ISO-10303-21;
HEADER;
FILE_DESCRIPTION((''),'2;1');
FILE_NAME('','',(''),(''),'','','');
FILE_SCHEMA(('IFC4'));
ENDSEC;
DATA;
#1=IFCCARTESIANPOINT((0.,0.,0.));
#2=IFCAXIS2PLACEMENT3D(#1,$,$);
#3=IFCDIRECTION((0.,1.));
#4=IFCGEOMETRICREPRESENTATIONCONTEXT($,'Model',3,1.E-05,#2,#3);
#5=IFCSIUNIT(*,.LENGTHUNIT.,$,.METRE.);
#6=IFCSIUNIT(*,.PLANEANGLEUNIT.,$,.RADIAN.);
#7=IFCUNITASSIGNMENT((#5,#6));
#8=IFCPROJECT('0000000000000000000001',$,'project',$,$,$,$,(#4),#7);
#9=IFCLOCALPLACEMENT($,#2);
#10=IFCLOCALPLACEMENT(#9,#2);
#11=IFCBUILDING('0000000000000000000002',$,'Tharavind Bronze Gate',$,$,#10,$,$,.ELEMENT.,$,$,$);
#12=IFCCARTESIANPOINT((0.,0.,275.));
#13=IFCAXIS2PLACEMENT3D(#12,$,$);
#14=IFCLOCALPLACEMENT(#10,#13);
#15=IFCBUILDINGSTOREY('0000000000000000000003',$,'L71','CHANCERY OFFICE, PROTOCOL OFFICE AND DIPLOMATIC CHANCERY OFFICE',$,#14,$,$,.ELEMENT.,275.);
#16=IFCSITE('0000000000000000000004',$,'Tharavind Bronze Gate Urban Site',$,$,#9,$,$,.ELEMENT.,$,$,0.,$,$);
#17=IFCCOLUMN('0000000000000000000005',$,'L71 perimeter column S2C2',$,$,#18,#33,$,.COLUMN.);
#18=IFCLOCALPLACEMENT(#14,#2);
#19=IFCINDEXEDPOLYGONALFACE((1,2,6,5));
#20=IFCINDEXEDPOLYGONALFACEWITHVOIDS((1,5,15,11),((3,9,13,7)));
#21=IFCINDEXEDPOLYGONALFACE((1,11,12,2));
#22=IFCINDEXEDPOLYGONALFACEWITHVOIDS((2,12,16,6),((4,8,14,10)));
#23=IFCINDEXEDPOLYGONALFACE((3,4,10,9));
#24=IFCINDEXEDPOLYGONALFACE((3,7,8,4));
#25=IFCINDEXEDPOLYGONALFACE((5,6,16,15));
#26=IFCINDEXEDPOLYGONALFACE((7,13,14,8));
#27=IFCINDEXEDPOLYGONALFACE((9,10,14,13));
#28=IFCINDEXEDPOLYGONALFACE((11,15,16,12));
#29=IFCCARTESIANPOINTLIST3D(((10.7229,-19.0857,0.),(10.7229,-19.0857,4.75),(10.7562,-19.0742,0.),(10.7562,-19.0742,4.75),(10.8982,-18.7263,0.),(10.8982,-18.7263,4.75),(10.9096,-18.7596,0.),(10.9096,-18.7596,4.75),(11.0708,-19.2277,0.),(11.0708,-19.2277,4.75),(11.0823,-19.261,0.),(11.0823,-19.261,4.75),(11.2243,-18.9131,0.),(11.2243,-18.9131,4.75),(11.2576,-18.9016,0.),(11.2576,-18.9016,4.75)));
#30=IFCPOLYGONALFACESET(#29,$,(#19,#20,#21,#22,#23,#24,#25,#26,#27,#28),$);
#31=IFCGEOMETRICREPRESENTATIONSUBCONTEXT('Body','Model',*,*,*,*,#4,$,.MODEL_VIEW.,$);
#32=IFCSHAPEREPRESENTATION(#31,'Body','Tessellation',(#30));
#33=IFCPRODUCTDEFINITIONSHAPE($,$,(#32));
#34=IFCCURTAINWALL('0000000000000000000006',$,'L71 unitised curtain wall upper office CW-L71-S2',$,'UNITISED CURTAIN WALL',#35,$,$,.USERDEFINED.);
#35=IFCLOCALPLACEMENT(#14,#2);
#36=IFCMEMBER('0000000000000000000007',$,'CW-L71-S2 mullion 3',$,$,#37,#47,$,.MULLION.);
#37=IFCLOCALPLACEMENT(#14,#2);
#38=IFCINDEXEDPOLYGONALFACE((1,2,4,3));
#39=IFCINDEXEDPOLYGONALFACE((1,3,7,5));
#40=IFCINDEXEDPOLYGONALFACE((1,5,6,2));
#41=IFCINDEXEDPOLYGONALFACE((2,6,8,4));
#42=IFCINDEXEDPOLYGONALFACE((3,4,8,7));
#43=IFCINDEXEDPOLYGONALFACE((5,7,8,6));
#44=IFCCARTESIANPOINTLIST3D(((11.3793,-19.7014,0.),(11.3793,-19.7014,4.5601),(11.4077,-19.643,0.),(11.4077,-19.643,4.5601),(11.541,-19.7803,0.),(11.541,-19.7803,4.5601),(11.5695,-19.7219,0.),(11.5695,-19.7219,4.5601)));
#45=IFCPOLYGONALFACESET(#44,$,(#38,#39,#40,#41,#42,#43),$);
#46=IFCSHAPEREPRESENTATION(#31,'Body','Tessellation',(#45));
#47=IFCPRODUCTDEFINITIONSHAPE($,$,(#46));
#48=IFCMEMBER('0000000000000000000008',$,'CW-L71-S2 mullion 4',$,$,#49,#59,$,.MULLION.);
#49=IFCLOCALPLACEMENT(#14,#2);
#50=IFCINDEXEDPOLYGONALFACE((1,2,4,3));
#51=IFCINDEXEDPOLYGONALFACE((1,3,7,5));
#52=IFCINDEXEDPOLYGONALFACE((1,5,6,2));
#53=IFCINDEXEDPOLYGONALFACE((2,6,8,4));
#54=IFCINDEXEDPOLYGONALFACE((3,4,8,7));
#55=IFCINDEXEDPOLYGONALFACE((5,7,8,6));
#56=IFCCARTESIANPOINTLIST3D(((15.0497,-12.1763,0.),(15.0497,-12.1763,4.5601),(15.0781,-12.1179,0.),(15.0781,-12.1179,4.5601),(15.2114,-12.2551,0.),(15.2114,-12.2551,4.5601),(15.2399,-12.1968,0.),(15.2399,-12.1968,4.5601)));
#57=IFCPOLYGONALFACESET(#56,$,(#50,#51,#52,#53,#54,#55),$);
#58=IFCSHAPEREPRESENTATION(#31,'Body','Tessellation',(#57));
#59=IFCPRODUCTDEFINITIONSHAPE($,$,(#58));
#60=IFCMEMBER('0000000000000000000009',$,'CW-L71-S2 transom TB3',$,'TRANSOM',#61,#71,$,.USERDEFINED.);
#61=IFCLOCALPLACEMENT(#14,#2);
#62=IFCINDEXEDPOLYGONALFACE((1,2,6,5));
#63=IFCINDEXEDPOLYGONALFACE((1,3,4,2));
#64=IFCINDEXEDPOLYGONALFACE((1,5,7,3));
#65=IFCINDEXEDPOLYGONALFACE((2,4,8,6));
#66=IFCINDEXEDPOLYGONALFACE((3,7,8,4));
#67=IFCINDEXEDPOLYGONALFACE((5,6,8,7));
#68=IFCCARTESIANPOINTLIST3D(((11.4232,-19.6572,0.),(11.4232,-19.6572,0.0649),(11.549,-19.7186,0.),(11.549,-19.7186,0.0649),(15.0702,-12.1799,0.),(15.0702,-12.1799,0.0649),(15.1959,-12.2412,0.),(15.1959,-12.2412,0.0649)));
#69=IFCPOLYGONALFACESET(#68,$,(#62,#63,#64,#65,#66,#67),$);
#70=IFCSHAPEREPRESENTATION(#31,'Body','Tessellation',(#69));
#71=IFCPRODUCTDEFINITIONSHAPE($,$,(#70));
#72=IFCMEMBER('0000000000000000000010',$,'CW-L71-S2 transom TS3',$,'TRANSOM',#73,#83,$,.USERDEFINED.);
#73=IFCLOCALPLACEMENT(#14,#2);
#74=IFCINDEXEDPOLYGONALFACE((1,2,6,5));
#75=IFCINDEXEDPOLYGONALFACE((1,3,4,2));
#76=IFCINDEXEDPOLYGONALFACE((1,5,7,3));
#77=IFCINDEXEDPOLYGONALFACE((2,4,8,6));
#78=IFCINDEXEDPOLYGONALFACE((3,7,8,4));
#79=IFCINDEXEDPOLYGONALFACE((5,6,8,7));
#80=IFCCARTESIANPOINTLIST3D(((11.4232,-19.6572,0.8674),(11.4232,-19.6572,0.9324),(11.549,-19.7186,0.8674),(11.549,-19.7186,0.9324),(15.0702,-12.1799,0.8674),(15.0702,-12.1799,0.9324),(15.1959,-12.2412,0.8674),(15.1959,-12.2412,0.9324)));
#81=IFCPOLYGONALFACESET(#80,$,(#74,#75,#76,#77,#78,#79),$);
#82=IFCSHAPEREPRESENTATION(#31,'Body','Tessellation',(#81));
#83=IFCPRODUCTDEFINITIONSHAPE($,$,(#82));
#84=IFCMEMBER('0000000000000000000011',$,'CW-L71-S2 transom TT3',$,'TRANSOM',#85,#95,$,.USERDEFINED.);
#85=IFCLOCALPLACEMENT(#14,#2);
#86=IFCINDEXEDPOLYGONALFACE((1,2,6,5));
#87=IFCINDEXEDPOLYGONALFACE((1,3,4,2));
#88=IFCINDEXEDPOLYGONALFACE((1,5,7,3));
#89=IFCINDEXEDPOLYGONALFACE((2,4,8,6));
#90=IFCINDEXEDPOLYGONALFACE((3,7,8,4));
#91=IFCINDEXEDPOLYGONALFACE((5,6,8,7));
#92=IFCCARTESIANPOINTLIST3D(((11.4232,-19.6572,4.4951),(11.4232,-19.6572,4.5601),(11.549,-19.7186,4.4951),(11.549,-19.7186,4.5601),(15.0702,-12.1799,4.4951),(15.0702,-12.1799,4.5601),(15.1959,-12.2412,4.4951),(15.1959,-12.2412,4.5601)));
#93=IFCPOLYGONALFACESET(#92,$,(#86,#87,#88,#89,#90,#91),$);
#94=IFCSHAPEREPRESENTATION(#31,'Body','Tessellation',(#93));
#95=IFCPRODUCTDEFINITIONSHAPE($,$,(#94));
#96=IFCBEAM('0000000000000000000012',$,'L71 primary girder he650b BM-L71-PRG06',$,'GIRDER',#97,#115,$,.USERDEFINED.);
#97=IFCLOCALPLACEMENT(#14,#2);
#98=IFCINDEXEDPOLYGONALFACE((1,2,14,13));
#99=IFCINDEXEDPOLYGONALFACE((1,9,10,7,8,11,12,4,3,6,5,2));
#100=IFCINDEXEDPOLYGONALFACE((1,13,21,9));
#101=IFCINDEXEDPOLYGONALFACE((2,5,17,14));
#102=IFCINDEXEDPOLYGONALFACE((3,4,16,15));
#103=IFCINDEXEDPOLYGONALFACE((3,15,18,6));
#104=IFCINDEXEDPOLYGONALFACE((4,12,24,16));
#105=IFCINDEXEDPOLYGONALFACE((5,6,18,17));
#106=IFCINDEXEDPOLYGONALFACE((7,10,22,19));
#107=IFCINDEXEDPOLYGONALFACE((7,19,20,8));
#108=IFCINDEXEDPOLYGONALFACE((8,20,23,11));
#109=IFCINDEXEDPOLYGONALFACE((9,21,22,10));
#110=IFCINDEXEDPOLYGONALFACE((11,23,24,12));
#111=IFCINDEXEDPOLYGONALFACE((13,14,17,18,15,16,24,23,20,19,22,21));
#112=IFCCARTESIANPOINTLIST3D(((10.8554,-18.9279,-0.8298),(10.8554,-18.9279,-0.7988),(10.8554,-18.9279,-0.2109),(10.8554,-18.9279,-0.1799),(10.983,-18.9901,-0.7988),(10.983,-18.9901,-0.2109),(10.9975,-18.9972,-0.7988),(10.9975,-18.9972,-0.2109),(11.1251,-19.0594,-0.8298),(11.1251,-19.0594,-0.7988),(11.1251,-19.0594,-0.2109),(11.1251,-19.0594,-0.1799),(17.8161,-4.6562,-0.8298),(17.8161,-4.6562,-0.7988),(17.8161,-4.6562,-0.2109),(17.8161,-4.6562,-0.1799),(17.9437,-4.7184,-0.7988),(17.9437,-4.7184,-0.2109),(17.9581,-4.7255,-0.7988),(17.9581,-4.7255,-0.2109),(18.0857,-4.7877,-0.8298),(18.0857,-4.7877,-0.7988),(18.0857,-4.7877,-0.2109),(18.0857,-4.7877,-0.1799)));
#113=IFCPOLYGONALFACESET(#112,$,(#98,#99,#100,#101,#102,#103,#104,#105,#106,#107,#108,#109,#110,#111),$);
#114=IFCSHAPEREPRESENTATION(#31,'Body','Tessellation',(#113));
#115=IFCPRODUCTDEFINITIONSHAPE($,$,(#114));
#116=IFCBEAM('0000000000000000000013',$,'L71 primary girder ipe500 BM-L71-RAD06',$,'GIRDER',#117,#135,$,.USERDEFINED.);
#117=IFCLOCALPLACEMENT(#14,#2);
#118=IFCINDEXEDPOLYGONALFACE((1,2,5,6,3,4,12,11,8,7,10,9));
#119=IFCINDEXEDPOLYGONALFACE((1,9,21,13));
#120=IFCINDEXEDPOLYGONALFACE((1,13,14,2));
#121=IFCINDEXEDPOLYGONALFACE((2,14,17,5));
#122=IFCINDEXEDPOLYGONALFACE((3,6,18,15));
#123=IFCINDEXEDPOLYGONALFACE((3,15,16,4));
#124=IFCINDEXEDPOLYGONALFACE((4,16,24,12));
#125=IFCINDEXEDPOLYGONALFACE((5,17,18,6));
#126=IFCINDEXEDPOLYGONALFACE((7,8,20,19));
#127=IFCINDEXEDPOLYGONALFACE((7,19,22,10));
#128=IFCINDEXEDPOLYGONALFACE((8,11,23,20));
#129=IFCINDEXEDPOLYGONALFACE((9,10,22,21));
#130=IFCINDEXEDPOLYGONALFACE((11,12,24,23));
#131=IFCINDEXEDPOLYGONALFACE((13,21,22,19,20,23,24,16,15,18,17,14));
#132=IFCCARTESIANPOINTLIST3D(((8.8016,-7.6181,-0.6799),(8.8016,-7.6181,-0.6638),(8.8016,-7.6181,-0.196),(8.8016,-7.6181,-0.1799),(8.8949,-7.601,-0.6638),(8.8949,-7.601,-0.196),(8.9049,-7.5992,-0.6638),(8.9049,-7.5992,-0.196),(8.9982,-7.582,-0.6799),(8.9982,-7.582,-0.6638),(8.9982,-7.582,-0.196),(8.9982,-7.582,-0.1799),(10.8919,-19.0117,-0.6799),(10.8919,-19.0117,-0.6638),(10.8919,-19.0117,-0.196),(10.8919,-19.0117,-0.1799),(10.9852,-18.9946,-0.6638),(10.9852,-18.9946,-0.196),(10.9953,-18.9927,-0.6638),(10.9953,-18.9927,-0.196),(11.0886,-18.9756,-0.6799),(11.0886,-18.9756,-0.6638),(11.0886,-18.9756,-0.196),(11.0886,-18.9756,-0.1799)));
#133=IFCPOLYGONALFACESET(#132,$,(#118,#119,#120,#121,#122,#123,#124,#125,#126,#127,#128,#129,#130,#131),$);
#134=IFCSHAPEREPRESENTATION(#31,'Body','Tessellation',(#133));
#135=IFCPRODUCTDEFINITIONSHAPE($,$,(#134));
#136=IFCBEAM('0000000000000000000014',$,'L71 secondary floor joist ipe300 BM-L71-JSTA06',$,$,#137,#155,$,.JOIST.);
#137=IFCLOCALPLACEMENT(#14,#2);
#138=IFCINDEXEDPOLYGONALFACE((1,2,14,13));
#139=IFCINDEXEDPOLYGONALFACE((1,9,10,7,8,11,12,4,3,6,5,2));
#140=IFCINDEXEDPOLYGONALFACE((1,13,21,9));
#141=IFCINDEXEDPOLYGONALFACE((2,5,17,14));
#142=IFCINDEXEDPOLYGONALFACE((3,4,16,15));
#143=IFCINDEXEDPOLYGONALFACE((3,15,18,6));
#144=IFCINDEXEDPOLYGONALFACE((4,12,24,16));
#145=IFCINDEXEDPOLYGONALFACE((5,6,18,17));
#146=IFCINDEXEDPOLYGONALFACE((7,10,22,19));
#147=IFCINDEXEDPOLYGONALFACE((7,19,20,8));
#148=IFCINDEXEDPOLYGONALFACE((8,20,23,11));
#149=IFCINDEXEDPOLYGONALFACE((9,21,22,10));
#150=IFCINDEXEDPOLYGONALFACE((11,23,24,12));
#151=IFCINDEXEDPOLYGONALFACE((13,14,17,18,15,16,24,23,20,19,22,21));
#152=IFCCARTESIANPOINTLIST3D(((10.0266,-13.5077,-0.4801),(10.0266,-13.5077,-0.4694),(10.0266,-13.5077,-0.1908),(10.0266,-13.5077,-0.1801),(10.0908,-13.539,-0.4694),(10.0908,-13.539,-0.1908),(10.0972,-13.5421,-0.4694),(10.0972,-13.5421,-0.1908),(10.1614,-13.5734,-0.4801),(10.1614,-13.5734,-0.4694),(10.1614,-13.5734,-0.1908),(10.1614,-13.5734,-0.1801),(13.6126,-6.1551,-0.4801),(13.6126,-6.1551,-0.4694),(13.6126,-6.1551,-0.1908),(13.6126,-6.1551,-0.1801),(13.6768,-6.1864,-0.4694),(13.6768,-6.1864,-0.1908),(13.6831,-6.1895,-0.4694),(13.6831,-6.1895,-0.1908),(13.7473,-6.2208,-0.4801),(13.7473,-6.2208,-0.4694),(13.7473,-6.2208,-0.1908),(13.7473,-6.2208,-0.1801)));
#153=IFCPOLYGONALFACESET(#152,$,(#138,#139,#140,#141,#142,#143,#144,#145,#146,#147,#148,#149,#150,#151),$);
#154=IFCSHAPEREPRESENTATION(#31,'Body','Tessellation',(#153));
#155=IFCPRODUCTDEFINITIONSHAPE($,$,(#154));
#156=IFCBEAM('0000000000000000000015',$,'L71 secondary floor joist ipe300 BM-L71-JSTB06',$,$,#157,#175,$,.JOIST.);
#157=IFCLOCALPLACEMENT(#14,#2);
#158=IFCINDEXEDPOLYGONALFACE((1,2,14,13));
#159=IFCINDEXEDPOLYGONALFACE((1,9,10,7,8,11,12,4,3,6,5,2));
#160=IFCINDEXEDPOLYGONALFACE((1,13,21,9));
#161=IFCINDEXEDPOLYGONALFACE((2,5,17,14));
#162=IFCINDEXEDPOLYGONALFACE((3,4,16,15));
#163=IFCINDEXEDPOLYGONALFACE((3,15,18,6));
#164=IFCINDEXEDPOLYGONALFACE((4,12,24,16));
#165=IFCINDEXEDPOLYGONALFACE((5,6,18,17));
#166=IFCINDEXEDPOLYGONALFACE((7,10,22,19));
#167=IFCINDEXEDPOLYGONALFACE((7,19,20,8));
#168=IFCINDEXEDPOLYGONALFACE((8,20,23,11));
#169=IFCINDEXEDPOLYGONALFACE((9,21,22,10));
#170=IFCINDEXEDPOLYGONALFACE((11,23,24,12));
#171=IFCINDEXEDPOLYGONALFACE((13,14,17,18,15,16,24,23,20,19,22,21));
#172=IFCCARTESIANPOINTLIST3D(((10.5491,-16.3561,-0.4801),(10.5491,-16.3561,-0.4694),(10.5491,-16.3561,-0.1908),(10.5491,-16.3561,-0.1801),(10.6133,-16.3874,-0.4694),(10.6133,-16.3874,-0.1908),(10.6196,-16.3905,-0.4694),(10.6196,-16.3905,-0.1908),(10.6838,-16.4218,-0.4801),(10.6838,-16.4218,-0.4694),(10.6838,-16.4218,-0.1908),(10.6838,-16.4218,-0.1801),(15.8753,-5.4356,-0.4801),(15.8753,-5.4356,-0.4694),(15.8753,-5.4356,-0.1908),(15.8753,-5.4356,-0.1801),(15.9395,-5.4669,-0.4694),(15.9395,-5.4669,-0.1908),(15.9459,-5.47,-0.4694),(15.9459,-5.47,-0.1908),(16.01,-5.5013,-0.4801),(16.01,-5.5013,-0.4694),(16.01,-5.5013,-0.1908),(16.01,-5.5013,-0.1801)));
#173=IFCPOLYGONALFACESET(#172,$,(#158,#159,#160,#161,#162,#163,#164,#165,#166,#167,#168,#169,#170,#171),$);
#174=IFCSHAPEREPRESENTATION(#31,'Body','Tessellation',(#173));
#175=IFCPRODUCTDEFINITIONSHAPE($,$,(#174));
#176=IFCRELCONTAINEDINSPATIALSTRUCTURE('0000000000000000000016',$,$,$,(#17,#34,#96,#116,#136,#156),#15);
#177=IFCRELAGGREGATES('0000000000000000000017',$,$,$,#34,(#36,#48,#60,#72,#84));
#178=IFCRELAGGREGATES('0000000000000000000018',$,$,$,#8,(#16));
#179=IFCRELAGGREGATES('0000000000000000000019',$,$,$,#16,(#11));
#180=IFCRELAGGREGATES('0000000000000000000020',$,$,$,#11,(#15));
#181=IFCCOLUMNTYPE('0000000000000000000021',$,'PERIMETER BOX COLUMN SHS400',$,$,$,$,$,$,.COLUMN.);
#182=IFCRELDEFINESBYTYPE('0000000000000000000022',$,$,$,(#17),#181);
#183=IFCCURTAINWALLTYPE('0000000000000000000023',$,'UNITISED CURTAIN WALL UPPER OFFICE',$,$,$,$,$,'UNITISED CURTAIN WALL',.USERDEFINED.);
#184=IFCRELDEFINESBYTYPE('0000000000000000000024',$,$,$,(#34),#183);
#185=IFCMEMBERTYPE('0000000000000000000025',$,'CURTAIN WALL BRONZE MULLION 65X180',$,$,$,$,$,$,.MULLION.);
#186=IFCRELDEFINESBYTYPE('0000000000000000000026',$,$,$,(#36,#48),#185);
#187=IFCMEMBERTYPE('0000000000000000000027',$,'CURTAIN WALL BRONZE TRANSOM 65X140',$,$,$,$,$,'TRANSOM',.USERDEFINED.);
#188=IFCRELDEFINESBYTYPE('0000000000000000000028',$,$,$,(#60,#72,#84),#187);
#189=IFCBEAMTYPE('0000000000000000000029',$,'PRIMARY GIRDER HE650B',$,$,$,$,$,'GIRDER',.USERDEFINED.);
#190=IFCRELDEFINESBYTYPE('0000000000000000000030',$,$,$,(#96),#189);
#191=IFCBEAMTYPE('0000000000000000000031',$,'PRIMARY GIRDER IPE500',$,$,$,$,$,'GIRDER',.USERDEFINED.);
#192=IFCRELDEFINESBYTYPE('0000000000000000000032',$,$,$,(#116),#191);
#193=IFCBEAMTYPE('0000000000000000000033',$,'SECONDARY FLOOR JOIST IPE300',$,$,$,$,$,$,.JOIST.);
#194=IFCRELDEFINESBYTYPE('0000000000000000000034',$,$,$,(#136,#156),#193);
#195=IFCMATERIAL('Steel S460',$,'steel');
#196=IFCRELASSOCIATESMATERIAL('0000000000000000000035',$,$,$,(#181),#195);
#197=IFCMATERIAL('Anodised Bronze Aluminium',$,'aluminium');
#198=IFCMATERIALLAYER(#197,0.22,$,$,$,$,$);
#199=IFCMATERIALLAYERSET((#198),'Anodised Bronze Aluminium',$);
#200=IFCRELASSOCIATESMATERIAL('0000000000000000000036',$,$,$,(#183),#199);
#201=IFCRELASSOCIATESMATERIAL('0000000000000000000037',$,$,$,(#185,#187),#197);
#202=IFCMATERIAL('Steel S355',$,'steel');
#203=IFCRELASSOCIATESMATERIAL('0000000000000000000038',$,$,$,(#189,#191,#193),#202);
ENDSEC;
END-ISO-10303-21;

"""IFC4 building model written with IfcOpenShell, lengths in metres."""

from ifc_helpers import new_model, si_unit, direction, frame, origin, origin_2d, place, context, subcontext, project, spatial, rectangle, hollow_rectangle, i_section, extrude, material, layer, layer_set, material_profile, profile_set, type_object, element, aggregate, save


model = new_model("IFC4")

# Units and contexts
model_context = context("Model", 3, precision=1e-05, world=origin(), true_north=direction((0.0, 1.0)))
body_context = subcontext(model_context, "Body", "Model", "MODEL_VIEW")
ifc_project = project(units=[si_unit("LENGTHUNIT", "METRE"), si_unit("PLANEANGLEUNIT", "RADIAN")], contexts=[model_context])

# Site, building, storey
site_placement = place(None, origin())
site = spatial("IfcSite", under=ifc_project, at=site_placement, Name="Tharavind Bronze Gate Urban Site", CompositionType="ELEMENT", RefElevation=0.0)
building_placement = place(site_placement, origin())
building = spatial("IfcBuilding", under=site, at=building_placement, Name="Tharavind Bronze Gate", CompositionType="ELEMENT")
storey_placement = place(building_placement, frame((0.0, 0.0, 275.0)))
storey = spatial("IfcBuildingStorey", under=building, at=storey_placement, Name="L71", Description="CHANCERY OFFICE, PROTOCOL OFFICE AND DIPLOMATIC CHANCERY OFFICE", CompositionType="ELEMENT", Elevation=275.0)

# Column
ifc_material_1 = material(Name="Steel S460", Category="steel")
ifc_material_profile_1 = material_profile(ifc_material_1, hollow_rectangle(XDim=0.3999, YDim=0.3999, WallThickness=0.0249, at=origin_2d()), Name="SHS400X25")
ifc_profile_set_1 = profile_set([ifc_material_profile_1], Name="Steel S460")
column_type = type_object("IfcColumnType", Name="PERIMETER BOX COLUMN SHS400", PredefinedType="COLUMN", material=ifc_profile_set_1)
column_placement = place(storey_placement, frame((10.9902, -18.9937, 0.0), z_axis=(0.0, 0.0, 1.0), x_axis=(0.438373, 0.898793, 0.0)))
element("IfcColumn", 1, at=column_placement, inside=storey, type_object=column_type, Name="L71 perimeter column S2C2", PredefinedType="COLUMN", context=body_context, shape_type="SweptSolid", body=[
    extrude(hollow_rectangle(XDim=0.3999, YDim=0.3999, WallThickness=0.0249, at=origin_2d()), origin(), (0.0, 0.0, 1.0), 4.75),
])

# Curtain wall, members
ifc_material_2 = material(Name="Anodised Bronze Aluminium", Category="aluminium")
ifc_layer_1 = layer(ifc_material_2, 0.22)
ifc_layer_set_1 = layer_set([ifc_layer_1], Name="Anodised Bronze Aluminium")
curtain_wall_type = type_object("IfcCurtainWallType", Name="UNITISED CURTAIN WALL UPPER OFFICE", ElementType="UNITISED CURTAIN WALL", PredefinedType="USERDEFINED", material=ifc_layer_set_1)
curtain_wall_placement = place(storey_placement, origin())
curtain_wall = element("IfcCurtainWall", 2, at=curtain_wall_placement, inside=storey, type_object=curtain_wall_type, Name="L71 unitised curtain wall upper office CW-L71-S2", ObjectType="UNITISED CURTAIN WALL", PredefinedType="USERDEFINED")
member_type_1 = type_object("IfcMemberType", Name="CURTAIN WALL BRONZE MULLION 65X180", PredefinedType="MULLION", material=ifc_material_2)
member_1_placement = place(storey_placement, frame((11.4744, -19.7117, 0.0), z_axis=(0.0, 0.0, 1.0), x_axis=(0.438373, 0.898793, 0.0)))
member_1 = element("IfcMember", 3, at=member_1_placement, type_object=member_type_1, Name="CW-L71-S2 mullion 3", PredefinedType="MULLION", context=body_context, shape_type="SweptSolid", body=[
    extrude(rectangle(XDim=0.0649, YDim=0.1799, at=origin_2d()), origin(), (0.0, 0.0, 1.0), 4.5601),
])
member_2_placement = place(storey_placement, frame((15.1448, -12.1865, 0.0), z_axis=(0.0, 0.0, 1.0), x_axis=(0.438373, 0.898793, 0.0)))
member_2 = element("IfcMember", 4, at=member_2_placement, type_object=member_type_1, Name="CW-L71-S2 mullion 4", PredefinedType="MULLION", context=body_context, shape_type="SweptSolid", body=[
    extrude(rectangle(XDim=0.0649, YDim=0.1799, at=origin_2d()), origin(), (0.0, 0.0, 1.0), 4.5601),
])
member_type_2 = type_object("IfcMemberType", Name="CURTAIN WALL BRONZE TRANSOM 65X140", ElementType="TRANSOM", PredefinedType="USERDEFINED", material=ifc_material_2)
member_3_placement = place(storey_placement, frame((13.3096, -15.9492, 0.0), z_axis=(0.0, 0.0, 1.0), x_axis=(0.438373, 0.898793, 0.0)))
member_3 = element("IfcMember", 5, at=member_3_placement, type_object=member_type_2, Name="CW-L71-S2 transom TB3", ObjectType="TRANSOM", PredefinedType="USERDEFINED", context=body_context, shape_type="SweptSolid", body=[
    extrude(rectangle(XDim=8.3193, YDim=0.1399, at=origin_2d()), origin(), (0.0, 0.0, 1.0), 0.0649),
])
member_4_placement = place(storey_placement, frame((13.3096, -15.9492, 0.8674), z_axis=(0.0, 0.0, 1.0), x_axis=(0.438373, 0.898793, 0.0)))
member_4 = element("IfcMember", 6, at=member_4_placement, type_object=member_type_2, Name="CW-L71-S2 transom TS3", ObjectType="TRANSOM", PredefinedType="USERDEFINED", context=body_context, shape_type="SweptSolid", body=[
    extrude(rectangle(XDim=8.3193, YDim=0.1399, at=origin_2d()), origin(), (0.0, 0.0, 1.0), 0.0649),
])
member_5_placement = place(storey_placement, frame((13.3096, -15.9492, 4.4951), z_axis=(0.0, 0.0, 1.0), x_axis=(0.438373, 0.898793, 0.0)))
member_5 = element("IfcMember", 7, at=member_5_placement, type_object=member_type_2, Name="CW-L71-S2 transom TT3", ObjectType="TRANSOM", PredefinedType="USERDEFINED", context=body_context, shape_type="SweptSolid", body=[
    extrude(rectangle(XDim=8.3193, YDim=0.1399, at=origin_2d()), origin(), (0.0, 0.0, 1.0), 0.0649),
])

# Beams
ifc_material_3 = material(Name="Steel S355", Category="steel")
ifc_material_profile_2 = material_profile(ifc_material_3, i_section(OverallWidth=0.3, OverallDepth=0.6499, WebThickness=0.0161, FlangeThickness=0.031, at=origin_2d()), Name="HE650B")
ifc_profile_set_2 = profile_set([ifc_material_profile_2], Name="Steel S355")
beam_type_1 = type_object("IfcBeamType", Name="PRIMARY GIRDER HE650B", ElementType="GIRDER", PredefinedType="USERDEFINED", material=ifc_profile_set_2)
beam_1_placement = place(storey_placement, frame((10.9902, -18.9937, -0.5049), z_axis=(0.438366, 0.898796, 0.0), x_axis=(-0.898796, 0.438366, 0.0)))
element("IfcBeam", 8, at=beam_1_placement, inside=storey, type_object=beam_type_1, Name="L71 primary girder he650b BM-L71-PRG06", ObjectType="GIRDER", PredefinedType="USERDEFINED", context=body_context, shape_type="SweptSolid", body=[
    extrude(i_section(OverallWidth=0.3, OverallDepth=0.6499, WebThickness=0.0161, FlangeThickness=0.031, at=origin_2d()), origin(), (0.0, 0.0, 1.0), 15.8787),
])
ifc_material_profile_3 = material_profile(ifc_material_3, i_section(OverallWidth=0.2, OverallDepth=0.5, WebThickness=0.0103, FlangeThickness=0.0161, at=origin_2d()), Name="IPE500")
ifc_profile_set_3 = profile_set([ifc_material_profile_3], Name="Steel S355")
beam_type_2 = type_object("IfcBeamType", Name="PRIMARY GIRDER IPE500", ElementType="GIRDER", PredefinedType="USERDEFINED", material=ifc_profile_set_3)
beam_2_placement = place(storey_placement, frame((10.9902, -18.9937, -0.4299), z_axis=(-0.180454, 0.983583, 0.0), x_axis=(-0.983583, -0.180454, 0.0)))
element("IfcBeam", 9, at=beam_2_placement, inside=storey, type_object=beam_type_2, Name="L71 primary girder ipe500 BM-L71-RAD06", ObjectType="GIRDER", PredefinedType="USERDEFINED", context=body_context, shape_type="SweptSolid", body=[
    extrude(i_section(OverallWidth=0.2, OverallDepth=0.5, WebThickness=0.0103, FlangeThickness=0.0161, at=origin_2d()), origin(), (0.0, 0.0, 1.0), 11.5837),
])
ifc_material_profile_4 = material_profile(ifc_material_3, i_section(OverallWidth=0.1499, OverallDepth=0.3, WebThickness=0.0071, FlangeThickness=0.0107, at=origin_2d()), Name="IPE300")
ifc_profile_set_4 = profile_set([ifc_material_profile_4], Name="Steel S355")
beam_type_3 = type_object("IfcBeamType", Name="SECONDARY FLOOR JOIST IPE300", PredefinedType="JOIST", material=ifc_profile_set_4)
beam_3_placement = place(storey_placement, frame((10.094, -13.5405, -0.3301), z_axis=(0.438358, 0.898801, 0.0), x_axis=(-0.898801, 0.438358, 0.0)))
element("IfcBeam", 10, at=beam_3_placement, inside=storey, type_object=beam_type_3, Name="L71 secondary floor joist ipe300 BM-L71-JSTA06", PredefinedType="JOIST", context=body_context, shape_type="SweptSolid", body=[
    extrude(i_section(OverallWidth=0.1499, OverallDepth=0.3, WebThickness=0.0071, FlangeThickness=0.0107, at=origin_2d()), origin(), (0.0, 0.0, 1.0), 8.1804),
])
beam_4_placement = place(storey_placement, frame((10.6165, -16.3889, -0.3301), z_axis=(0.438367, 0.898796, 0.0), x_axis=(-0.898796, 0.438367, 0.0)))
element("IfcBeam", 11, at=beam_4_placement, inside=storey, type_object=beam_type_3, Name="L71 secondary floor joist ipe300 BM-L71-JSTB06", PredefinedType="JOIST", context=body_context, shape_type="SweptSolid", body=[
    extrude(i_section(OverallWidth=0.1499, OverallDepth=0.3, WebThickness=0.0071, FlangeThickness=0.0107, at=origin_2d()), origin(), (0.0, 0.0, 1.0), 12.1501),
])

aggregate(curtain_wall, [member_1, member_2, member_3, member_4, member_5])

save(model, "model.ifc")
